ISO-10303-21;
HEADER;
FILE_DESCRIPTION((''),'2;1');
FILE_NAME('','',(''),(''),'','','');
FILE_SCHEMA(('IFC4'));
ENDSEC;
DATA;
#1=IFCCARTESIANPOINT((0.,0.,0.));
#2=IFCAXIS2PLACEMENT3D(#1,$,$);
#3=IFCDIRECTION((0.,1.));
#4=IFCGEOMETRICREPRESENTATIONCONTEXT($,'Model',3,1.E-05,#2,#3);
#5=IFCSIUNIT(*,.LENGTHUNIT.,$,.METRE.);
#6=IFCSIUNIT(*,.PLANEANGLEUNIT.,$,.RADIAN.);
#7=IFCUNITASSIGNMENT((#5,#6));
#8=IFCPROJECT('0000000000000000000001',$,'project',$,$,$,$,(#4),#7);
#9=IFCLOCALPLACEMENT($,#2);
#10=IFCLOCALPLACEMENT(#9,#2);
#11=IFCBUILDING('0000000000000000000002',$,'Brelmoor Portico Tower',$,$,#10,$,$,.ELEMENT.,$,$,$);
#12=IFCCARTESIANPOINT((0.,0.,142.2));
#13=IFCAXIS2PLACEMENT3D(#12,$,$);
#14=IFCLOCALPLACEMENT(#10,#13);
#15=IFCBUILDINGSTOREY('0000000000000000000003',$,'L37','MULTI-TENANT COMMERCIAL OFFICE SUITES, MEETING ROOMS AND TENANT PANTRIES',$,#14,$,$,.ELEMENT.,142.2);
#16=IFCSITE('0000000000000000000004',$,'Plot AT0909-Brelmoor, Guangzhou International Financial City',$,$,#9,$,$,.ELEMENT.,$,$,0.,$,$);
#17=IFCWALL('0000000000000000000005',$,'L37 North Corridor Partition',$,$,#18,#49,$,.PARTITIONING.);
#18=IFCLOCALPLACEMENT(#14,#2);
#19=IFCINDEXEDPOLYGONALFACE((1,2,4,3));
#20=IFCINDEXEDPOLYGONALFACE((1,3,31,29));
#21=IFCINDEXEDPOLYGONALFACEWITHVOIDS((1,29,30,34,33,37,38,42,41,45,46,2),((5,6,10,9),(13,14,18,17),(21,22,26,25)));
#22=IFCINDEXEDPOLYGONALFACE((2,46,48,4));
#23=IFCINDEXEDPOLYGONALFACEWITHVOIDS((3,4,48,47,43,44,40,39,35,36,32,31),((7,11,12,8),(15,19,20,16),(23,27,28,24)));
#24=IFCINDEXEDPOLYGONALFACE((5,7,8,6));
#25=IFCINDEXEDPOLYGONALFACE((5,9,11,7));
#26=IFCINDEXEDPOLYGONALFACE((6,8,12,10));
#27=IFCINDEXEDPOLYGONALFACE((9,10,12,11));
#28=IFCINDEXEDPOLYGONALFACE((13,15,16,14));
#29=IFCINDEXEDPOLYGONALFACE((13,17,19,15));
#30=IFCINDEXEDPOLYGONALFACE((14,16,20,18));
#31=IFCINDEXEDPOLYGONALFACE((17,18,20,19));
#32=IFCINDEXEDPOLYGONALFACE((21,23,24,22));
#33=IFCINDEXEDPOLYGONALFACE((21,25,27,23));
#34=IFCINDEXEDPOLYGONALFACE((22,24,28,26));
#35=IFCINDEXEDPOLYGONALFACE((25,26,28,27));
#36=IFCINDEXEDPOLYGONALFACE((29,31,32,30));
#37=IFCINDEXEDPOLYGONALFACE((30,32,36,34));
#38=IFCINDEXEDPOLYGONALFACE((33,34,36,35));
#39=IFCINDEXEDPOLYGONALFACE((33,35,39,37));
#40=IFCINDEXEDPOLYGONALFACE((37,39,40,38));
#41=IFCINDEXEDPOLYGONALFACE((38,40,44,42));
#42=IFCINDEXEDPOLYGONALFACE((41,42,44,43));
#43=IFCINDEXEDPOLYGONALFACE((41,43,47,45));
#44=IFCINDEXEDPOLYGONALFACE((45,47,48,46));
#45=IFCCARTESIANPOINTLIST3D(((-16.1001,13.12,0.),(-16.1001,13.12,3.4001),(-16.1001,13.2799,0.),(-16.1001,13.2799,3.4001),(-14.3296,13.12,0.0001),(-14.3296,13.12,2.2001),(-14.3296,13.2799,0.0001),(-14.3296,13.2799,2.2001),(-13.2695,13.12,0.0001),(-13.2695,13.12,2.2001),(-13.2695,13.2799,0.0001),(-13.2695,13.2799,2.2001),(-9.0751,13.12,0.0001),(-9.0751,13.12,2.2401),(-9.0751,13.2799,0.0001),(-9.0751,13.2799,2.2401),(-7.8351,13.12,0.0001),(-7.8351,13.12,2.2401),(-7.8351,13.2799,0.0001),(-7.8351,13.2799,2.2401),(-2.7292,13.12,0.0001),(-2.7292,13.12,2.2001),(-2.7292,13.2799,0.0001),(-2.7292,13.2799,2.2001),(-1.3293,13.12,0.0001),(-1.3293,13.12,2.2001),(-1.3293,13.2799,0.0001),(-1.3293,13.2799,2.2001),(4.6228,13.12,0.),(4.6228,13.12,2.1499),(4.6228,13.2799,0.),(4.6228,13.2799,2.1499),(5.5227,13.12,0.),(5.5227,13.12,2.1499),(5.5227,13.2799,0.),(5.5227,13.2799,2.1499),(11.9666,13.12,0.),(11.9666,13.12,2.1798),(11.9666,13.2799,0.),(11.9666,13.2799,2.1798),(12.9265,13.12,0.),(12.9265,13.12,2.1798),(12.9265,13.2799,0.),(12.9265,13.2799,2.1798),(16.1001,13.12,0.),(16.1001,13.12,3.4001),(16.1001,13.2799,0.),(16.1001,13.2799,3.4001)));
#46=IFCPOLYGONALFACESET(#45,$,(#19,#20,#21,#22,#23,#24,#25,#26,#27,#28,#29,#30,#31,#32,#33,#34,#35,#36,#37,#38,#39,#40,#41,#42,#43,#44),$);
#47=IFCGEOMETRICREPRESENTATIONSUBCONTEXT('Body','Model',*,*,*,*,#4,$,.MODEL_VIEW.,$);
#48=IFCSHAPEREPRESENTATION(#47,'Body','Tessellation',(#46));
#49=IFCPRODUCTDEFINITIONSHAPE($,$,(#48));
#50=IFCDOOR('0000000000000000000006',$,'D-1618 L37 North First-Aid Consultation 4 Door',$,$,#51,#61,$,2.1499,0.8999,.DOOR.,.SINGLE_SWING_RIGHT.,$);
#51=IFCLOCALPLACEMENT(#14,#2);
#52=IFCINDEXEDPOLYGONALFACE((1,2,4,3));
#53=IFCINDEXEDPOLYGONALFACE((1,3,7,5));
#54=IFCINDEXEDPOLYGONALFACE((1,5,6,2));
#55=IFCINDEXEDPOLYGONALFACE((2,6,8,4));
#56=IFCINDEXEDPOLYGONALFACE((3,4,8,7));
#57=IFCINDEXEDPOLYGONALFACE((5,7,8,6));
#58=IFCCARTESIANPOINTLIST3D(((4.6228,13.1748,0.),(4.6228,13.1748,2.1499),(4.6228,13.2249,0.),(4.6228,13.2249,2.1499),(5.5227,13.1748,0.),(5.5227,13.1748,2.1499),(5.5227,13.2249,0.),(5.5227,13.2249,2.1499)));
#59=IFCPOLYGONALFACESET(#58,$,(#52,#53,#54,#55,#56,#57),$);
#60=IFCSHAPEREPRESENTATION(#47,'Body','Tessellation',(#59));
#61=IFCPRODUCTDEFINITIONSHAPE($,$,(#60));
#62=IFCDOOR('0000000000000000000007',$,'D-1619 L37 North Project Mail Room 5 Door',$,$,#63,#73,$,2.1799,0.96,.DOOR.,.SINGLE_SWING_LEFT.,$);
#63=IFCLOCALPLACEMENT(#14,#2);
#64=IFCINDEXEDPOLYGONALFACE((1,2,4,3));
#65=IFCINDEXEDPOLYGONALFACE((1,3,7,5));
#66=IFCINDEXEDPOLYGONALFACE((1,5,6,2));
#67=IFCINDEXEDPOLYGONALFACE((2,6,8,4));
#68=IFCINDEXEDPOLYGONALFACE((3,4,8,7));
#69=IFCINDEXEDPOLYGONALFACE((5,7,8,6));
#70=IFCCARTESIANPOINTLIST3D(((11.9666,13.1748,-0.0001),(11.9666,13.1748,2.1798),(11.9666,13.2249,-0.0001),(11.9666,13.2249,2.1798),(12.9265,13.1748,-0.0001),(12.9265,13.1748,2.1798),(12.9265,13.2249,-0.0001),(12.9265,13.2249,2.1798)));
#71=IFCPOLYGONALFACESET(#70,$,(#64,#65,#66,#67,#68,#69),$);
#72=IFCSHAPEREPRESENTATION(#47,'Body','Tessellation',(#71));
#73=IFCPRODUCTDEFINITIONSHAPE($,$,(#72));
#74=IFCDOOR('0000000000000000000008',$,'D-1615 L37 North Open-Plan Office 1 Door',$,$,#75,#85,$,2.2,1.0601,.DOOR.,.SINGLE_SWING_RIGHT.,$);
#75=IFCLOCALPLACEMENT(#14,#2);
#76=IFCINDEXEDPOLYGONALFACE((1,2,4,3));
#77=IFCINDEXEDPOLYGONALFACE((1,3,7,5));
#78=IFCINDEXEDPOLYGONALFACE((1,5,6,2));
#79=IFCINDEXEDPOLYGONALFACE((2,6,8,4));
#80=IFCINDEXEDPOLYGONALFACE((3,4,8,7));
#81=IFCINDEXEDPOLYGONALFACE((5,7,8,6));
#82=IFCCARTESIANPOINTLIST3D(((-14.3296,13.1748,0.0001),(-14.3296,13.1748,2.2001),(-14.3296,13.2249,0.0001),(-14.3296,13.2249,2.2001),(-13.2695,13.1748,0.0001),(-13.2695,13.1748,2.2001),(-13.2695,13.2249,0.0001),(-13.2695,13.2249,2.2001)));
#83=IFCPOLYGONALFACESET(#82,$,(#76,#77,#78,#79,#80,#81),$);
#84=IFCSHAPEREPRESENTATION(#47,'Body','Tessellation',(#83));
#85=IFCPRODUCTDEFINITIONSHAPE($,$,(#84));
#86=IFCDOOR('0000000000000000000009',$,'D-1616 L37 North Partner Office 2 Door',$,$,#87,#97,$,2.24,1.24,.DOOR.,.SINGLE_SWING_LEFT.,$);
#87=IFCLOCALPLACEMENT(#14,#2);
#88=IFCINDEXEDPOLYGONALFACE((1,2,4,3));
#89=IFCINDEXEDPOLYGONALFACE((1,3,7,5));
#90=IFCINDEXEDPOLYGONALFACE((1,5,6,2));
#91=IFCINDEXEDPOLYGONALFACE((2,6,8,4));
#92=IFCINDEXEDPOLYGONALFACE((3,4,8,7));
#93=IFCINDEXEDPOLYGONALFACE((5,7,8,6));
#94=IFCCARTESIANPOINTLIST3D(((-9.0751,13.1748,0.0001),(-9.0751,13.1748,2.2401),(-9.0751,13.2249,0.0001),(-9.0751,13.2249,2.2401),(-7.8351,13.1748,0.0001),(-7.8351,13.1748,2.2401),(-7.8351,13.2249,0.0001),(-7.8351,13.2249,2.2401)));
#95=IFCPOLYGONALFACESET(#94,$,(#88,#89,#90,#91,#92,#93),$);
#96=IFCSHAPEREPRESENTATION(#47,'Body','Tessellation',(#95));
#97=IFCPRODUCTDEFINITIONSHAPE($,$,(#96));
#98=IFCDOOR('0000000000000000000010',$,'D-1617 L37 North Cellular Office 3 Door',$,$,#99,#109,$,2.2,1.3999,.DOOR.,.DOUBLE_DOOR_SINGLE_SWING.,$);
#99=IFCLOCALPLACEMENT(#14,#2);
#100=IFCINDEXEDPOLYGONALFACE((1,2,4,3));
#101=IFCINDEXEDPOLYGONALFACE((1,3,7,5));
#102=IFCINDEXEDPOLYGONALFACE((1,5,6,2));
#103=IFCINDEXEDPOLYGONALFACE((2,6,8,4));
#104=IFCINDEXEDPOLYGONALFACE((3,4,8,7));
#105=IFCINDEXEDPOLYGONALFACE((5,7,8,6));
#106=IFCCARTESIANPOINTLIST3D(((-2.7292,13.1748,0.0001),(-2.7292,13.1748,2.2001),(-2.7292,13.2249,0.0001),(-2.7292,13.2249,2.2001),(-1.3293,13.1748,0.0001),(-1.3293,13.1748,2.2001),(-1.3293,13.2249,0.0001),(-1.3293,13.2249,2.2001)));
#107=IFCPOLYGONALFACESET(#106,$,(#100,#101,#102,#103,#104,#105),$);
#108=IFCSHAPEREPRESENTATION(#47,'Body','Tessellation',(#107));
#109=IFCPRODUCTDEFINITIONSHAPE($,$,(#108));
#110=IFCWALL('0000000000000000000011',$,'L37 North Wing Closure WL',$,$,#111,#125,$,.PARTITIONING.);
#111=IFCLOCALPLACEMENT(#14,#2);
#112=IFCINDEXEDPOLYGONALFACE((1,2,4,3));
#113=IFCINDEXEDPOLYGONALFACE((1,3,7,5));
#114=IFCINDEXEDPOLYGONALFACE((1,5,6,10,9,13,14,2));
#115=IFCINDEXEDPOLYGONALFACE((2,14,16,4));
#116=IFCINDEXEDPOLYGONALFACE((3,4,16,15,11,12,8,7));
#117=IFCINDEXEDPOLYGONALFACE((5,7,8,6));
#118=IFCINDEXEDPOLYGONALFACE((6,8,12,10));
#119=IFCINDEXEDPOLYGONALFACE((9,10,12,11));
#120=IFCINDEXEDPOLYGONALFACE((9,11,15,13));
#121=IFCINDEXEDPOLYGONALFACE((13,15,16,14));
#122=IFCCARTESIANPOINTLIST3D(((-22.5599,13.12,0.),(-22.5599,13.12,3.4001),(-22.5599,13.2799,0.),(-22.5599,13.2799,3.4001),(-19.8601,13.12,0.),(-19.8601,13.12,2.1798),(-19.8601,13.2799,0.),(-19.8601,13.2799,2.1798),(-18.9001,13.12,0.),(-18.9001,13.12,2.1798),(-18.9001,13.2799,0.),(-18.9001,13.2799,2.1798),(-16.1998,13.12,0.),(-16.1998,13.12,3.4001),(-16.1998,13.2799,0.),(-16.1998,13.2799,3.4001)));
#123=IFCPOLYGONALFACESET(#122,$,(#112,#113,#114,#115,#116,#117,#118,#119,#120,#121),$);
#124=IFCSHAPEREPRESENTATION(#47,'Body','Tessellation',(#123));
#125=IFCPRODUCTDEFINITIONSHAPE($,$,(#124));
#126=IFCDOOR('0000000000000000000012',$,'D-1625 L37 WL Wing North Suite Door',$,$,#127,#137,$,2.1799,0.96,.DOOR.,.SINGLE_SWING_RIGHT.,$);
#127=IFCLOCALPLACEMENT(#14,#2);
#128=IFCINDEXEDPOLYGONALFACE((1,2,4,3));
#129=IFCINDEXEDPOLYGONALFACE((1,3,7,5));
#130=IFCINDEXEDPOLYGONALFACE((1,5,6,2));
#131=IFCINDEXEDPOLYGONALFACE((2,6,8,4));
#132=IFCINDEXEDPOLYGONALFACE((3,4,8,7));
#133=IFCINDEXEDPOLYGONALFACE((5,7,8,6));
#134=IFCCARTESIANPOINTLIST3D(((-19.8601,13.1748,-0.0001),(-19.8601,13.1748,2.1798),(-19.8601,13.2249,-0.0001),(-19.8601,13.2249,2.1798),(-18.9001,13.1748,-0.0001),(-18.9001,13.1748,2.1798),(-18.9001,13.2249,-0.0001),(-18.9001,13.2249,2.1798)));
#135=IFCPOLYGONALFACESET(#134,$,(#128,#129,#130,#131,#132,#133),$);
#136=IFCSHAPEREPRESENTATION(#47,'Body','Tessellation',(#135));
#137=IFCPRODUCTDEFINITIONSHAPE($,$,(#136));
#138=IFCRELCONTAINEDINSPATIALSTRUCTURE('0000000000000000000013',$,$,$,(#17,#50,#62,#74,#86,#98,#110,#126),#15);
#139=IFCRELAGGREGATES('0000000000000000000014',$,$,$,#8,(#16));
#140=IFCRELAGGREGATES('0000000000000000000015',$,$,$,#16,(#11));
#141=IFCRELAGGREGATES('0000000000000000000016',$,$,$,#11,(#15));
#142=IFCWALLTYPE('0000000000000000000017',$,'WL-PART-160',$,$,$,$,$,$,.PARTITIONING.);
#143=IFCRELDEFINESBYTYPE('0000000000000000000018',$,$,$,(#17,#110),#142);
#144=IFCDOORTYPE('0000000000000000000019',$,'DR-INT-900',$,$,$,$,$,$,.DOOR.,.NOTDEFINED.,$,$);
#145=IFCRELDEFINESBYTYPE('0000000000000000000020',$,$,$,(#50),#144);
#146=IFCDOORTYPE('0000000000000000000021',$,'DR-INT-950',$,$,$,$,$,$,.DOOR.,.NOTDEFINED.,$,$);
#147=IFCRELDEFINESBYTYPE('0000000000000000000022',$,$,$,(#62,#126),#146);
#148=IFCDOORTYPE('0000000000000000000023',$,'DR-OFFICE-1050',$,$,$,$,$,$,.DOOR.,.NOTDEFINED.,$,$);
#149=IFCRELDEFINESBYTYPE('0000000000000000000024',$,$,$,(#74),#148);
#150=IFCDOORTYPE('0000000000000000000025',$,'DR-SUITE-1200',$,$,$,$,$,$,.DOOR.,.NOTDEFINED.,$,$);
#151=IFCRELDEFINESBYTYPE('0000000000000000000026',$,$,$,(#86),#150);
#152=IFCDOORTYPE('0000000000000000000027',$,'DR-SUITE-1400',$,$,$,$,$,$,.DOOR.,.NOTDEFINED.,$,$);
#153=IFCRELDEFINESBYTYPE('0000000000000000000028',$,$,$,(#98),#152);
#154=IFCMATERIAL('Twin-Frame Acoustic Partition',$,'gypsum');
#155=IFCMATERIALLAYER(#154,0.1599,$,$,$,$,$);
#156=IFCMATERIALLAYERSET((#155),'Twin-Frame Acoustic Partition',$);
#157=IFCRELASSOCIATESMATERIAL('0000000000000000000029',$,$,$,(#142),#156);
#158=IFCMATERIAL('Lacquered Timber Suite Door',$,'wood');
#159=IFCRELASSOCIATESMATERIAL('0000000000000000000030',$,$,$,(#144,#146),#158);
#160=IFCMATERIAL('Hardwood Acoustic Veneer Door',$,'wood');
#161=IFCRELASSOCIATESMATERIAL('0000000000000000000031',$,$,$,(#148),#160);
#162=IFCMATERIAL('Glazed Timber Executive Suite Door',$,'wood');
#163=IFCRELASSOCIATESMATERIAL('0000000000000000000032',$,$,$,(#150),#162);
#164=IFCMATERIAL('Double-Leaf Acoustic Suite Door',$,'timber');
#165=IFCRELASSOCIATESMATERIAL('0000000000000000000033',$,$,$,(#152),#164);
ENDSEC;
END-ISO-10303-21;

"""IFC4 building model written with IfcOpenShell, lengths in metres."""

from ifc_helpers import new_model, si_unit, direction, frame, frame_2d, origin, place, context, subcontext, project, spatial, rectangle, extrude, material, layer, layer_set, type_object, element, fill, save


model = new_model("IFC4")

# Units and contexts
model_context = context("Model", 3, precision=1e-05, world=origin(), true_north=direction((0.0, 1.0)))
body_context = subcontext(model_context, "Body", "Model", "MODEL_VIEW")
ifc_project = project(units=[si_unit("LENGTHUNIT", "METRE"), si_unit("PLANEANGLEUNIT", "RADIAN")], contexts=[model_context])

# Site, building, storey
site_placement = place(None, origin())
site = spatial("IfcSite", under=ifc_project, at=site_placement, Name="Plot AT0909-Brelmoor, Guangzhou International Financial City", CompositionType="ELEMENT", RefElevation=0.0)
building_placement = place(site_placement, origin())
building = spatial("IfcBuilding", under=site, at=building_placement, Name="Brelmoor Portico Tower", CompositionType="ELEMENT")
storey_placement = place(building_placement, frame((0.0, 0.0, 142.2)))
storey = spatial("IfcBuildingStorey", under=building, at=storey_placement, Name="L37", Description="MULTI-TENANT COMMERCIAL OFFICE SUITES, MEETING ROOMS AND TENANT PANTRIES", CompositionType="ELEMENT", Elevation=142.2)

# Wall, openings, doors
ifc_material_1 = material(Name="Twin-Frame Acoustic Partition", Category="gypsum")
ifc_layer_1 = layer(ifc_material_1, 0.1599)
ifc_layer_set_1 = layer_set([ifc_layer_1], Name="Twin-Frame Acoustic Partition")
wall_type_1 = type_object("IfcWallType", Name="WL-PART-160", PredefinedType="PARTITIONING", material=ifc_layer_set_1)
wall_1_placement = place(storey_placement, frame((-16.1001, 13.2, 0.0), z_axis=(0.0, 0.0, 1.0), x_axis=(1.0, 0.0, 0.0)))
wall_1 = element("IfcWall", 1, at=wall_1_placement, inside=storey, type_object=wall_type_1, Name="L37 North Corridor Partition", PredefinedType="PARTITIONING", context=body_context, shape_type="SweptSolid", body=[
    extrude(rectangle(XDim=32.2002, YDim=0.1599, at=frame_2d((16.1001, 0.0))), origin(), (0.0, 0.0, 1.0), 3.4001),
])
opening_1_placement = place(wall_1_placement, frame((1.7705, 0.0, 0.0)))
opening_1 = element("IfcOpeningElement", 2, at=opening_1_placement, cuts=wall_1, PredefinedType="OPENING", context=body_context, shape_type="SweptSolid", body=[
    extrude(rectangle(XDim=1.0601, YDim=2.2, at=frame_2d((0.53, 1.1001))), frame((0.0, 0.0898, 0.0), z_axis=(0.0, -1.0, 0.0), x_axis=(1.0, 0.0, 0.0)), (0.0, 0.0, 1.0), 0.1799),
])
opening_2_placement = place(wall_1_placement, frame((7.0249, 0.0, 0.0)))
opening_2 = element("IfcOpeningElement", 3, at=opening_2_placement, cuts=wall_1, PredefinedType="OPENING", context=body_context, shape_type="SweptSolid", body=[
    extrude(rectangle(XDim=1.24, YDim=2.24, at=frame_2d((0.6201, 1.1201))), frame((0.0, 0.0898, 0.0), z_axis=(0.0, -1.0, 0.0), x_axis=(1.0, 0.0, 0.0)), (0.0, 0.0, 1.0), 0.1799),
])
opening_3_placement = place(wall_1_placement, frame((13.3708, 0.0, 0.0)))
opening_3 = element("IfcOpeningElement", 4, at=opening_3_placement, cuts=wall_1, PredefinedType="OPENING", context=body_context, shape_type="SweptSolid", body=[
    extrude(rectangle(XDim=1.3999, YDim=2.2, at=frame_2d((0.7, 1.1001))), frame((0.0, 0.0898, 0.0), z_axis=(0.0, -1.0, 0.0), x_axis=(1.0, 0.0, 0.0)), (0.0, 0.0, 1.0), 0.1799),
])
opening_4_placement = place(wall_1_placement, frame((20.7229, 0.0, 0.0)))
opening_4 = element("IfcOpeningElement", 5, at=opening_4_placement, cuts=wall_1, PredefinedType="OPENING", context=body_context, shape_type="SweptSolid", body=[
    extrude(rectangle(XDim=0.8999, YDim=2.1499, at=frame_2d((0.45, 1.075))), frame((0.0, 0.0898, 0.0), z_axis=(0.0, -1.0, 0.0), x_axis=(1.0, 0.0, 0.0)), (0.0, 0.0, 1.0), 0.1799),
])
opening_5_placement = place(wall_1_placement, frame((28.0667, 0.0, 0.0)))
opening_5 = element("IfcOpeningElement", 6, at=opening_5_placement, cuts=wall_1, PredefinedType="OPENING", context=body_context, shape_type="SweptSolid", body=[
    extrude(rectangle(XDim=0.96, YDim=2.1799, at=frame_2d((0.48, 1.0898))), frame((0.0, 0.0898, 0.0), z_axis=(0.0, -1.0, 0.0), x_axis=(1.0, 0.0, 0.0)), (0.0, 0.0, 1.0), 0.1799),
])
ifc_material_2 = material(Name="Lacquered Timber Suite Door", Category="wood")
door_type_1 = type_object("IfcDoorType", Name="DR-INT-900", OperationType="NOTDEFINED", PredefinedType="DOOR", material=ifc_material_2)
door_1_placement = place(opening_4_placement, origin())
door_1 = element("IfcDoor", 7, at=door_1_placement, inside=storey, type_object=door_type_1, Name="D-1618 L37 North First-Aid Consultation 4 Door", OperationType="SINGLE_SWING_RIGHT", OverallHeight=2.1499, OverallWidth=0.8999, PredefinedType="DOOR", context=body_context, shape_type="SweptSolid", body=[
    extrude(rectangle(XDim=0.8999, YDim=2.1499, at=frame_2d((0.45, 1.075))), frame((0.0, 0.0249, 0.0), z_axis=(0.0, -1.0, 0.0), x_axis=(1.0, 0.0, 0.0)), (0.0, 0.0, 1.0), 0.05),
])
fill(opening_4, door_1)
door_type_2 = type_object("IfcDoorType", Name="DR-INT-950", OperationType="NOTDEFINED", PredefinedType="DOOR", material=ifc_material_2)
door_2_placement = place(opening_5_placement, origin())
door_2 = element("IfcDoor", 8, at=door_2_placement, inside=storey, type_object=door_type_2, Name="D-1619 L37 North Project Mail Room 5 Door", OperationType="SINGLE_SWING_LEFT", OverallHeight=2.1799, OverallWidth=0.96, PredefinedType="DOOR", context=body_context, shape_type="SweptSolid", body=[
    extrude(rectangle(XDim=0.96, YDim=2.1799, at=frame_2d((0.48, 1.0898))), frame((0.0, 0.0249, 0.0), z_axis=(0.0, -1.0, 0.0), x_axis=(1.0, 0.0, 0.0)), (0.0, 0.0, 1.0), 0.05),
])
fill(opening_5, door_2)
ifc_material_3 = material(Name="Hardwood Acoustic Veneer Door", Category="wood")
door_type_3 = type_object("IfcDoorType", Name="DR-OFFICE-1050", OperationType="NOTDEFINED", PredefinedType="DOOR", material=ifc_material_3)
door_3_placement = place(opening_1_placement, origin())
door_3 = element("IfcDoor", 9, at=door_3_placement, inside=storey, type_object=door_type_3, Name="D-1615 L37 North Open-Plan Office 1 Door", OperationType="SINGLE_SWING_RIGHT", OverallHeight=2.2, OverallWidth=1.0601, PredefinedType="DOOR", context=body_context, shape_type="SweptSolid", body=[
    extrude(rectangle(XDim=1.0601, YDim=2.2, at=frame_2d((0.53, 1.1001))), frame((0.0, 0.0249, 0.0), z_axis=(0.0, -1.0, 0.0), x_axis=(1.0, 0.0, 0.0)), (0.0, 0.0, 1.0), 0.05),
])
fill(opening_1, door_3)
ifc_material_4 = material(Name="Glazed Timber Executive Suite Door", Category="wood")
door_type_4 = type_object("IfcDoorType", Name="DR-SUITE-1200", OperationType="NOTDEFINED", PredefinedType="DOOR", material=ifc_material_4)
door_4_placement = place(opening_2_placement, origin())
door_4 = element("IfcDoor", 10, at=door_4_placement, inside=storey, type_object=door_type_4, Name="D-1616 L37 North Partner Office 2 Door", OperationType="SINGLE_SWING_LEFT", OverallHeight=2.24, OverallWidth=1.24, PredefinedType="DOOR", context=body_context, shape_type="SweptSolid", body=[
    extrude(rectangle(XDim=1.24, YDim=2.24, at=frame_2d((0.6201, 1.1201))), frame((0.0, 0.0249, 0.0), z_axis=(0.0, -1.0, 0.0), x_axis=(1.0, 0.0, 0.0)), (0.0, 0.0, 1.0), 0.05),
])
fill(opening_2, door_4)
ifc_material_5 = material(Name="Double-Leaf Acoustic Suite Door", Category="timber")
door_type_5 = type_object("IfcDoorType", Name="DR-SUITE-1400", OperationType="NOTDEFINED", PredefinedType="DOOR", material=ifc_material_5)
door_5_placement = place(opening_3_placement, origin())
door_5 = element("IfcDoor", 11, at=door_5_placement, inside=storey, type_object=door_type_5, Name="D-1617 L37 North Cellular Office 3 Door", OperationType="DOUBLE_DOOR_SINGLE_SWING", OverallHeight=2.2, OverallWidth=1.3999, PredefinedType="DOOR", context=body_context, shape_type="SweptSolid", body=[
    extrude(rectangle(XDim=1.3999, YDim=2.2, at=frame_2d((0.7, 1.1001))), frame((0.0, 0.0249, 0.0), z_axis=(0.0, -1.0, 0.0), x_axis=(1.0, 0.0, 0.0)), (0.0, 0.0, 1.0), 0.05),
])
fill(opening_3, door_5)

# Wall, opening, door
wall_2_placement = place(storey_placement, frame((-22.5601, 13.2, 0.0), z_axis=(0.0, 0.0, 1.0), x_axis=(1.0, 0.0, 0.0)))
wall_2 = element("IfcWall", 12, at=wall_2_placement, inside=storey, type_object=wall_type_1, Name="L37 North Wing Closure WL", PredefinedType="PARTITIONING", context=body_context, shape_type="SweptSolid", body=[
    extrude(rectangle(XDim=6.3601, YDim=0.1599, at=frame_2d((3.1802, 0.0))), origin(), (0.0, 0.0, 1.0), 3.4001),
])
opening_6_placement = place(wall_2_placement, frame((2.7, 0.0, 0.0)))
opening_6 = element("IfcOpeningElement", 13, at=opening_6_placement, cuts=wall_2, PredefinedType="OPENING", context=body_context, shape_type="SweptSolid", body=[
    extrude(rectangle(XDim=0.96, YDim=2.1799, at=frame_2d((0.48, 1.0898))), frame((0.0, 0.0898, 0.0), z_axis=(0.0, -1.0, 0.0), x_axis=(1.0, 0.0, 0.0)), (0.0, 0.0, 1.0), 0.1799),
])
door_6_placement = place(opening_6_placement, origin())
door_6 = element("IfcDoor", 14, at=door_6_placement, inside=storey, type_object=door_type_2, Name="D-1625 L37 WL Wing North Suite Door", OperationType="SINGLE_SWING_RIGHT", OverallHeight=2.1799, OverallWidth=0.96, PredefinedType="DOOR", context=body_context, shape_type="SweptSolid", body=[
    extrude(rectangle(XDim=0.96, YDim=2.1799, at=frame_2d((0.48, 1.0898))), frame((0.0, 0.0249, 0.0), z_axis=(0.0, -1.0, 0.0), x_axis=(1.0, 0.0, 0.0)), (0.0, 0.0, 1.0), 0.05),
])
fill(opening_6, door_6)

save(model, "model.ifc")
